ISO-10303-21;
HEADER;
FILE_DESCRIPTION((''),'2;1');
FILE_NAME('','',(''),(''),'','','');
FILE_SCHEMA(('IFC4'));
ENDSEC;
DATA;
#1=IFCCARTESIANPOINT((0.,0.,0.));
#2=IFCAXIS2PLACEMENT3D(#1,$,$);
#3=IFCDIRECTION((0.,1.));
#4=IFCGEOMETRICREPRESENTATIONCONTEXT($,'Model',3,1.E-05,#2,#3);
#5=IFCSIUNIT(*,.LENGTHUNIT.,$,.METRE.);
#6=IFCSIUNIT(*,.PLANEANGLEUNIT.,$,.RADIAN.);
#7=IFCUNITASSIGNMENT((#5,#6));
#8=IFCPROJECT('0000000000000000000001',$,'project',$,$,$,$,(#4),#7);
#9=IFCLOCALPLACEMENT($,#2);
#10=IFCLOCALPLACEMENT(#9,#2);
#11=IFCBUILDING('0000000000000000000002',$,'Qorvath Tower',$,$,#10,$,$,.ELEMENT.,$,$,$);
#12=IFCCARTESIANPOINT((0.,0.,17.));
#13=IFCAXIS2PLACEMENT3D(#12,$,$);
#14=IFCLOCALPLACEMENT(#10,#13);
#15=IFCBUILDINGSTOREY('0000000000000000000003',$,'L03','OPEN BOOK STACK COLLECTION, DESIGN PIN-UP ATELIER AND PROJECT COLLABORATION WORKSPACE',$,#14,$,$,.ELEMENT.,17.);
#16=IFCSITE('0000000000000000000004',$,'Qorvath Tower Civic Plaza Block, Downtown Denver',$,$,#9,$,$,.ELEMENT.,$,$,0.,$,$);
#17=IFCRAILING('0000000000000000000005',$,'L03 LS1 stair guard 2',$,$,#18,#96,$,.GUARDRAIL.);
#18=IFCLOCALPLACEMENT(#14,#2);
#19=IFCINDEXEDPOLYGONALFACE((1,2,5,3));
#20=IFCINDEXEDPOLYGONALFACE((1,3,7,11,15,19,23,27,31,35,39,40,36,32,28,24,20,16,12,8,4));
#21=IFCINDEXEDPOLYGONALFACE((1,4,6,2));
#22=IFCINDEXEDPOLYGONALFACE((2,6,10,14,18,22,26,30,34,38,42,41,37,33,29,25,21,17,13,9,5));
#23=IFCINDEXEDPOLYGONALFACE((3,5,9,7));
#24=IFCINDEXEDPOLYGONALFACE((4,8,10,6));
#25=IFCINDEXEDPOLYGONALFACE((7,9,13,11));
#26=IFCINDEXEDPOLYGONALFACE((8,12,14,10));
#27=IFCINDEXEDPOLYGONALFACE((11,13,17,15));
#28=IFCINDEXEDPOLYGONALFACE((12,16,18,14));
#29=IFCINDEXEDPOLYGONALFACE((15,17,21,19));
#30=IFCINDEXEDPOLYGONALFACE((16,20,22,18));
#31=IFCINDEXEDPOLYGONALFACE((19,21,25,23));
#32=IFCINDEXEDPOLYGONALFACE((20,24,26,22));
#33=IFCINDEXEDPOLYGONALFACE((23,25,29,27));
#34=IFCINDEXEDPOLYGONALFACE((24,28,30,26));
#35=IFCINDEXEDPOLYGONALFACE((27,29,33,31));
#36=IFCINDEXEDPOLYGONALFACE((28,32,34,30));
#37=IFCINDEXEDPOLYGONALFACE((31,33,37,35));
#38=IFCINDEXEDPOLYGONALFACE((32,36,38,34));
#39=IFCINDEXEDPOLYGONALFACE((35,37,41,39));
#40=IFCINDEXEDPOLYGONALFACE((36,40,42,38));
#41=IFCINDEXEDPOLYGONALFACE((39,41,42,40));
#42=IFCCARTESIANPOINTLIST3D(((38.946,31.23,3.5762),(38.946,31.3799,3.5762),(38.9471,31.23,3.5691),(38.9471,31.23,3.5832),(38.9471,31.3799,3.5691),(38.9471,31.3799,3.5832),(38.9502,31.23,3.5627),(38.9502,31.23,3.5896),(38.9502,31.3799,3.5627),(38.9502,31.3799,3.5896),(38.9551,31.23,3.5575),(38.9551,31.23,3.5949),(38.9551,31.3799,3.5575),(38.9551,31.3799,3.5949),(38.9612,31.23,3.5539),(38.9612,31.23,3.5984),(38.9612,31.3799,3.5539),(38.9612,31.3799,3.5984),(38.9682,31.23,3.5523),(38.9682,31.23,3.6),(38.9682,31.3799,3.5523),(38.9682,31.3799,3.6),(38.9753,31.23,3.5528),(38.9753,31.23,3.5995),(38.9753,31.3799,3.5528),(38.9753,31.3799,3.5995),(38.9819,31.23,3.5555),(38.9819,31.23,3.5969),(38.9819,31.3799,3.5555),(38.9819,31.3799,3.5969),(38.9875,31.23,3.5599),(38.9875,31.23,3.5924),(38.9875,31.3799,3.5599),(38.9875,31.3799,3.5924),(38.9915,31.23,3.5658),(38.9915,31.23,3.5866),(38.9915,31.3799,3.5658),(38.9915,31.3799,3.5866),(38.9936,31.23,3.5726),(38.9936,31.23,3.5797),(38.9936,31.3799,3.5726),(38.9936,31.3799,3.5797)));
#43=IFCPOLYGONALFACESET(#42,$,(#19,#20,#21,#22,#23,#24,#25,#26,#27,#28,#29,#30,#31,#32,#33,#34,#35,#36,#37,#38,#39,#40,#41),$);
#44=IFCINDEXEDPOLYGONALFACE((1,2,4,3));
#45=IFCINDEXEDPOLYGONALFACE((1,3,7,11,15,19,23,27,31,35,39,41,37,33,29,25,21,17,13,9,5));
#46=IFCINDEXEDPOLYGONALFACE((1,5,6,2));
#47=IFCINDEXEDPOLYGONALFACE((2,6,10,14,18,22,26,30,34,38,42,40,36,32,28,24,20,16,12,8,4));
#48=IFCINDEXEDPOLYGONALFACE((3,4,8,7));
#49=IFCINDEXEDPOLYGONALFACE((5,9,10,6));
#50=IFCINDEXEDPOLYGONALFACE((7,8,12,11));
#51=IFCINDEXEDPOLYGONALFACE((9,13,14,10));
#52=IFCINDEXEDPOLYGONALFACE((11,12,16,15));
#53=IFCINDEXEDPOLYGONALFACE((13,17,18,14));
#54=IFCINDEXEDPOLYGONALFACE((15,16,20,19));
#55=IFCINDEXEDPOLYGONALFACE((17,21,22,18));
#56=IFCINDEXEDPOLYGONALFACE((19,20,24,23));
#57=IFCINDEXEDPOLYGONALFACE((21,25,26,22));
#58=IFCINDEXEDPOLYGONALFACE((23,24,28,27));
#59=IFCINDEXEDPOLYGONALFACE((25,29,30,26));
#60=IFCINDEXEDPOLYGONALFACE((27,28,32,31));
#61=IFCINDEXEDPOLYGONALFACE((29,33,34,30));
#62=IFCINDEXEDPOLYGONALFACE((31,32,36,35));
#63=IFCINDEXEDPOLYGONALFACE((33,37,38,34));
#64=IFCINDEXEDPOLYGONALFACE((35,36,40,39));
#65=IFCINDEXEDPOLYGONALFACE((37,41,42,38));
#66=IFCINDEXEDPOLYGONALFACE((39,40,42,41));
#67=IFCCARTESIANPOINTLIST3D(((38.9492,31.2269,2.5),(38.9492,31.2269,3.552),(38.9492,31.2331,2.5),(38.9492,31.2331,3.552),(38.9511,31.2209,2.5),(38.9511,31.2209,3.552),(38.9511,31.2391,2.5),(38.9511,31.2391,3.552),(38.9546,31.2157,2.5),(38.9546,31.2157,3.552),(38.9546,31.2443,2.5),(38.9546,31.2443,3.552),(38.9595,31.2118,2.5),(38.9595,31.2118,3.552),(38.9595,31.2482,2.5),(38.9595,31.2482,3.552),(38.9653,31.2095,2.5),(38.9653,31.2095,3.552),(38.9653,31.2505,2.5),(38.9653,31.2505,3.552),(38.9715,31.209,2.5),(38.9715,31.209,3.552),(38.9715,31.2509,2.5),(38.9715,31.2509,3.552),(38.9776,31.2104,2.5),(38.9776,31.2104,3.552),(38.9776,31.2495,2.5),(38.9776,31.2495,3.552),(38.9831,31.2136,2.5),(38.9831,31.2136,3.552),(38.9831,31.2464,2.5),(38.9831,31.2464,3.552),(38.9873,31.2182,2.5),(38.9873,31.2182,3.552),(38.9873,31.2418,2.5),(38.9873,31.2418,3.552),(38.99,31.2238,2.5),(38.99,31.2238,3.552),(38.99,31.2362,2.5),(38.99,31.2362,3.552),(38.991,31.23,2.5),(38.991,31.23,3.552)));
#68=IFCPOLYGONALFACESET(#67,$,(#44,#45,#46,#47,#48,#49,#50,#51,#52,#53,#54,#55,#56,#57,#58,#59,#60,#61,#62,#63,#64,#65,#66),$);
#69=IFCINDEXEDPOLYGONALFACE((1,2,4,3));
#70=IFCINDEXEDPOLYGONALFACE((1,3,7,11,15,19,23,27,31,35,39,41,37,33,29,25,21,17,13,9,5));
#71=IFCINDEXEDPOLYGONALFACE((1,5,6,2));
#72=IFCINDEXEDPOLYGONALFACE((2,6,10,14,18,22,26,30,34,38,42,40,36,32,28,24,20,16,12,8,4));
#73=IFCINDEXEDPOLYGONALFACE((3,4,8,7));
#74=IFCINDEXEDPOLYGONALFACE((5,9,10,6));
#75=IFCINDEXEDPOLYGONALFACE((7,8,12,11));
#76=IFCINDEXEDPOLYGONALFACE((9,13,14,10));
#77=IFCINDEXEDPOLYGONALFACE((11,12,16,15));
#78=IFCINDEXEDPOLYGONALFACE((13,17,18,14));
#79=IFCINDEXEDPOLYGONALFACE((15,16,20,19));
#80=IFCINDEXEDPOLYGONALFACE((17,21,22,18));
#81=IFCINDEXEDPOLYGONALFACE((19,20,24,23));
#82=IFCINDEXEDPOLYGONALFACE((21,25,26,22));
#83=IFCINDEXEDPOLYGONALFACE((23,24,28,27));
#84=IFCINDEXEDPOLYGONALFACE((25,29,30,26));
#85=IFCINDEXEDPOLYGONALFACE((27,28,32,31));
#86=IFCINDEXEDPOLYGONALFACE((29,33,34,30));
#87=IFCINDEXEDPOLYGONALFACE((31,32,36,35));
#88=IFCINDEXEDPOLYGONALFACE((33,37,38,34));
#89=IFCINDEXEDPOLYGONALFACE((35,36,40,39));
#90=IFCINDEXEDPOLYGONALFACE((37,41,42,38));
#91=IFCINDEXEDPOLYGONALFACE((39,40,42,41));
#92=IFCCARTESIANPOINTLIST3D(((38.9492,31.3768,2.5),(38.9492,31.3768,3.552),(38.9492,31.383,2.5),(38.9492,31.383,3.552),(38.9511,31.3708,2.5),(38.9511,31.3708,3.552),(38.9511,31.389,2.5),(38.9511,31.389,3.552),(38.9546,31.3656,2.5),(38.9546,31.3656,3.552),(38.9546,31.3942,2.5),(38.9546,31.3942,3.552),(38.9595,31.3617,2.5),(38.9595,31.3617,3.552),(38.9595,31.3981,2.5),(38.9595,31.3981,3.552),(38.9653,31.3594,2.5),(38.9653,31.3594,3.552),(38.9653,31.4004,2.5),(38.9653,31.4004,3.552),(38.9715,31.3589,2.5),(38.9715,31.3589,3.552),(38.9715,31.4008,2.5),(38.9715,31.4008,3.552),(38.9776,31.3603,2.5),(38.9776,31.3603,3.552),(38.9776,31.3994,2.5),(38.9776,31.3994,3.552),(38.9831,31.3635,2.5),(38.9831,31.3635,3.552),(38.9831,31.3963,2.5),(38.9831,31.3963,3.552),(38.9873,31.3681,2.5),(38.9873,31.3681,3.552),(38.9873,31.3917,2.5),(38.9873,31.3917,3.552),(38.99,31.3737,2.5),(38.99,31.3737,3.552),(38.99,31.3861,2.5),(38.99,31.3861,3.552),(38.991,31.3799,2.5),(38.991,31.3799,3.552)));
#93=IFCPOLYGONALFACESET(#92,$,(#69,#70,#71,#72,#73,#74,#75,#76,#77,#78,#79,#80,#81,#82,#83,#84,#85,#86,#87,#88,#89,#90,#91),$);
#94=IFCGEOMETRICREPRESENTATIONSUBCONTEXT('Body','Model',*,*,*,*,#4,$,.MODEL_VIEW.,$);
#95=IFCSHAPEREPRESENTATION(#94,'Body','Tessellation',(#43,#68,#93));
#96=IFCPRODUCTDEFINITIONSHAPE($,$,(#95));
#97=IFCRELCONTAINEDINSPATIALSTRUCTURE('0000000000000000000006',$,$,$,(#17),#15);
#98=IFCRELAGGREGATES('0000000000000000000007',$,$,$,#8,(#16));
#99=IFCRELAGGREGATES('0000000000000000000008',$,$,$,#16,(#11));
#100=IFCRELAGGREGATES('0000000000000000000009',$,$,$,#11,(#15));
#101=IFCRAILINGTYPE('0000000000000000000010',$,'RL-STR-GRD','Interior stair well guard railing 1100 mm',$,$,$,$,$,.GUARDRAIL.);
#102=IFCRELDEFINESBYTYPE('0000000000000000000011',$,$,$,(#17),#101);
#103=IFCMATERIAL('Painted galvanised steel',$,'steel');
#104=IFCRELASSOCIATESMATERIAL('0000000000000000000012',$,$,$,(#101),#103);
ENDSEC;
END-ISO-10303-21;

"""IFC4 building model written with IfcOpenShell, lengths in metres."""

from ifc_helpers import new_model, si_unit, direction, frame, origin, origin_2d, place, context, subcontext, project, spatial, circle, extrude, material, type_object, element, save


model = new_model("IFC4")

# Units and contexts
model_context = context("Model", 3, precision=1e-05, world=origin(), true_north=direction((0.0, 1.0)))
body_context = subcontext(model_context, "Body", "Model", "MODEL_VIEW")
ifc_project = project(units=[si_unit("LENGTHUNIT", "METRE"), si_unit("PLANEANGLEUNIT", "RADIAN")], contexts=[model_context])

# Site, building, storey
site_placement = place(None, origin())
site = spatial("IfcSite", under=ifc_project, at=site_placement, Name="Qorvath Tower Civic Plaza Block, Downtown Denver", CompositionType="ELEMENT", RefElevation=0.0)
building_placement = place(site_placement, origin())
building = spatial("IfcBuilding", under=site, at=building_placement, Name="Qorvath Tower", CompositionType="ELEMENT")
storey_placement = place(building_placement, frame((0.0, 0.0, 17.0)))
storey = spatial("IfcBuildingStorey", under=building, at=storey_placement, Name="L03", Description="OPEN BOOK STACK COLLECTION, DESIGN PIN-UP ATELIER AND PROJECT COLLABORATION WORKSPACE", CompositionType="ELEMENT", Elevation=17.0)

# Railing
ifc_material_1 = material(Name="Painted galvanised steel", Category="steel")
railing_type_1 = type_object("IfcRailingType", Name="RL-STR-GRD", Description="Interior stair well guard railing 1100 mm", PredefinedType="GUARDRAIL", material=ifc_material_1)
railing_1_placement = place(storey_placement, frame((38.97, 31.23, 2.5)))
element("IfcRailing", 1, at=railing_1_placement, inside=storey, type_object=railing_type_1, Name="L03 LS1 stair guard 2", PredefinedType="GUARDRAIL", context=body_context, shape_type="SweptSolid", body=[
    extrude(circle(Radius=0.0239, at=origin_2d()), frame((0.0, 0.0, 1.0762), z_axis=(0.0, 1.0, 0.0), x_axis=(-1.0, 0.0, 0.0)), (0.0, 0.0, 1.0), 0.1499),
    extrude(circle(Radius=0.021, at=origin_2d()), origin(), (0.0, 0.0, 1.0), 1.052),
    extrude(circle(Radius=0.021, at=origin_2d()), frame((0.0, 0.1499, 0.0)), (0.0, 0.0, 1.0), 1.052),
])

save(model, "model.ifc")
